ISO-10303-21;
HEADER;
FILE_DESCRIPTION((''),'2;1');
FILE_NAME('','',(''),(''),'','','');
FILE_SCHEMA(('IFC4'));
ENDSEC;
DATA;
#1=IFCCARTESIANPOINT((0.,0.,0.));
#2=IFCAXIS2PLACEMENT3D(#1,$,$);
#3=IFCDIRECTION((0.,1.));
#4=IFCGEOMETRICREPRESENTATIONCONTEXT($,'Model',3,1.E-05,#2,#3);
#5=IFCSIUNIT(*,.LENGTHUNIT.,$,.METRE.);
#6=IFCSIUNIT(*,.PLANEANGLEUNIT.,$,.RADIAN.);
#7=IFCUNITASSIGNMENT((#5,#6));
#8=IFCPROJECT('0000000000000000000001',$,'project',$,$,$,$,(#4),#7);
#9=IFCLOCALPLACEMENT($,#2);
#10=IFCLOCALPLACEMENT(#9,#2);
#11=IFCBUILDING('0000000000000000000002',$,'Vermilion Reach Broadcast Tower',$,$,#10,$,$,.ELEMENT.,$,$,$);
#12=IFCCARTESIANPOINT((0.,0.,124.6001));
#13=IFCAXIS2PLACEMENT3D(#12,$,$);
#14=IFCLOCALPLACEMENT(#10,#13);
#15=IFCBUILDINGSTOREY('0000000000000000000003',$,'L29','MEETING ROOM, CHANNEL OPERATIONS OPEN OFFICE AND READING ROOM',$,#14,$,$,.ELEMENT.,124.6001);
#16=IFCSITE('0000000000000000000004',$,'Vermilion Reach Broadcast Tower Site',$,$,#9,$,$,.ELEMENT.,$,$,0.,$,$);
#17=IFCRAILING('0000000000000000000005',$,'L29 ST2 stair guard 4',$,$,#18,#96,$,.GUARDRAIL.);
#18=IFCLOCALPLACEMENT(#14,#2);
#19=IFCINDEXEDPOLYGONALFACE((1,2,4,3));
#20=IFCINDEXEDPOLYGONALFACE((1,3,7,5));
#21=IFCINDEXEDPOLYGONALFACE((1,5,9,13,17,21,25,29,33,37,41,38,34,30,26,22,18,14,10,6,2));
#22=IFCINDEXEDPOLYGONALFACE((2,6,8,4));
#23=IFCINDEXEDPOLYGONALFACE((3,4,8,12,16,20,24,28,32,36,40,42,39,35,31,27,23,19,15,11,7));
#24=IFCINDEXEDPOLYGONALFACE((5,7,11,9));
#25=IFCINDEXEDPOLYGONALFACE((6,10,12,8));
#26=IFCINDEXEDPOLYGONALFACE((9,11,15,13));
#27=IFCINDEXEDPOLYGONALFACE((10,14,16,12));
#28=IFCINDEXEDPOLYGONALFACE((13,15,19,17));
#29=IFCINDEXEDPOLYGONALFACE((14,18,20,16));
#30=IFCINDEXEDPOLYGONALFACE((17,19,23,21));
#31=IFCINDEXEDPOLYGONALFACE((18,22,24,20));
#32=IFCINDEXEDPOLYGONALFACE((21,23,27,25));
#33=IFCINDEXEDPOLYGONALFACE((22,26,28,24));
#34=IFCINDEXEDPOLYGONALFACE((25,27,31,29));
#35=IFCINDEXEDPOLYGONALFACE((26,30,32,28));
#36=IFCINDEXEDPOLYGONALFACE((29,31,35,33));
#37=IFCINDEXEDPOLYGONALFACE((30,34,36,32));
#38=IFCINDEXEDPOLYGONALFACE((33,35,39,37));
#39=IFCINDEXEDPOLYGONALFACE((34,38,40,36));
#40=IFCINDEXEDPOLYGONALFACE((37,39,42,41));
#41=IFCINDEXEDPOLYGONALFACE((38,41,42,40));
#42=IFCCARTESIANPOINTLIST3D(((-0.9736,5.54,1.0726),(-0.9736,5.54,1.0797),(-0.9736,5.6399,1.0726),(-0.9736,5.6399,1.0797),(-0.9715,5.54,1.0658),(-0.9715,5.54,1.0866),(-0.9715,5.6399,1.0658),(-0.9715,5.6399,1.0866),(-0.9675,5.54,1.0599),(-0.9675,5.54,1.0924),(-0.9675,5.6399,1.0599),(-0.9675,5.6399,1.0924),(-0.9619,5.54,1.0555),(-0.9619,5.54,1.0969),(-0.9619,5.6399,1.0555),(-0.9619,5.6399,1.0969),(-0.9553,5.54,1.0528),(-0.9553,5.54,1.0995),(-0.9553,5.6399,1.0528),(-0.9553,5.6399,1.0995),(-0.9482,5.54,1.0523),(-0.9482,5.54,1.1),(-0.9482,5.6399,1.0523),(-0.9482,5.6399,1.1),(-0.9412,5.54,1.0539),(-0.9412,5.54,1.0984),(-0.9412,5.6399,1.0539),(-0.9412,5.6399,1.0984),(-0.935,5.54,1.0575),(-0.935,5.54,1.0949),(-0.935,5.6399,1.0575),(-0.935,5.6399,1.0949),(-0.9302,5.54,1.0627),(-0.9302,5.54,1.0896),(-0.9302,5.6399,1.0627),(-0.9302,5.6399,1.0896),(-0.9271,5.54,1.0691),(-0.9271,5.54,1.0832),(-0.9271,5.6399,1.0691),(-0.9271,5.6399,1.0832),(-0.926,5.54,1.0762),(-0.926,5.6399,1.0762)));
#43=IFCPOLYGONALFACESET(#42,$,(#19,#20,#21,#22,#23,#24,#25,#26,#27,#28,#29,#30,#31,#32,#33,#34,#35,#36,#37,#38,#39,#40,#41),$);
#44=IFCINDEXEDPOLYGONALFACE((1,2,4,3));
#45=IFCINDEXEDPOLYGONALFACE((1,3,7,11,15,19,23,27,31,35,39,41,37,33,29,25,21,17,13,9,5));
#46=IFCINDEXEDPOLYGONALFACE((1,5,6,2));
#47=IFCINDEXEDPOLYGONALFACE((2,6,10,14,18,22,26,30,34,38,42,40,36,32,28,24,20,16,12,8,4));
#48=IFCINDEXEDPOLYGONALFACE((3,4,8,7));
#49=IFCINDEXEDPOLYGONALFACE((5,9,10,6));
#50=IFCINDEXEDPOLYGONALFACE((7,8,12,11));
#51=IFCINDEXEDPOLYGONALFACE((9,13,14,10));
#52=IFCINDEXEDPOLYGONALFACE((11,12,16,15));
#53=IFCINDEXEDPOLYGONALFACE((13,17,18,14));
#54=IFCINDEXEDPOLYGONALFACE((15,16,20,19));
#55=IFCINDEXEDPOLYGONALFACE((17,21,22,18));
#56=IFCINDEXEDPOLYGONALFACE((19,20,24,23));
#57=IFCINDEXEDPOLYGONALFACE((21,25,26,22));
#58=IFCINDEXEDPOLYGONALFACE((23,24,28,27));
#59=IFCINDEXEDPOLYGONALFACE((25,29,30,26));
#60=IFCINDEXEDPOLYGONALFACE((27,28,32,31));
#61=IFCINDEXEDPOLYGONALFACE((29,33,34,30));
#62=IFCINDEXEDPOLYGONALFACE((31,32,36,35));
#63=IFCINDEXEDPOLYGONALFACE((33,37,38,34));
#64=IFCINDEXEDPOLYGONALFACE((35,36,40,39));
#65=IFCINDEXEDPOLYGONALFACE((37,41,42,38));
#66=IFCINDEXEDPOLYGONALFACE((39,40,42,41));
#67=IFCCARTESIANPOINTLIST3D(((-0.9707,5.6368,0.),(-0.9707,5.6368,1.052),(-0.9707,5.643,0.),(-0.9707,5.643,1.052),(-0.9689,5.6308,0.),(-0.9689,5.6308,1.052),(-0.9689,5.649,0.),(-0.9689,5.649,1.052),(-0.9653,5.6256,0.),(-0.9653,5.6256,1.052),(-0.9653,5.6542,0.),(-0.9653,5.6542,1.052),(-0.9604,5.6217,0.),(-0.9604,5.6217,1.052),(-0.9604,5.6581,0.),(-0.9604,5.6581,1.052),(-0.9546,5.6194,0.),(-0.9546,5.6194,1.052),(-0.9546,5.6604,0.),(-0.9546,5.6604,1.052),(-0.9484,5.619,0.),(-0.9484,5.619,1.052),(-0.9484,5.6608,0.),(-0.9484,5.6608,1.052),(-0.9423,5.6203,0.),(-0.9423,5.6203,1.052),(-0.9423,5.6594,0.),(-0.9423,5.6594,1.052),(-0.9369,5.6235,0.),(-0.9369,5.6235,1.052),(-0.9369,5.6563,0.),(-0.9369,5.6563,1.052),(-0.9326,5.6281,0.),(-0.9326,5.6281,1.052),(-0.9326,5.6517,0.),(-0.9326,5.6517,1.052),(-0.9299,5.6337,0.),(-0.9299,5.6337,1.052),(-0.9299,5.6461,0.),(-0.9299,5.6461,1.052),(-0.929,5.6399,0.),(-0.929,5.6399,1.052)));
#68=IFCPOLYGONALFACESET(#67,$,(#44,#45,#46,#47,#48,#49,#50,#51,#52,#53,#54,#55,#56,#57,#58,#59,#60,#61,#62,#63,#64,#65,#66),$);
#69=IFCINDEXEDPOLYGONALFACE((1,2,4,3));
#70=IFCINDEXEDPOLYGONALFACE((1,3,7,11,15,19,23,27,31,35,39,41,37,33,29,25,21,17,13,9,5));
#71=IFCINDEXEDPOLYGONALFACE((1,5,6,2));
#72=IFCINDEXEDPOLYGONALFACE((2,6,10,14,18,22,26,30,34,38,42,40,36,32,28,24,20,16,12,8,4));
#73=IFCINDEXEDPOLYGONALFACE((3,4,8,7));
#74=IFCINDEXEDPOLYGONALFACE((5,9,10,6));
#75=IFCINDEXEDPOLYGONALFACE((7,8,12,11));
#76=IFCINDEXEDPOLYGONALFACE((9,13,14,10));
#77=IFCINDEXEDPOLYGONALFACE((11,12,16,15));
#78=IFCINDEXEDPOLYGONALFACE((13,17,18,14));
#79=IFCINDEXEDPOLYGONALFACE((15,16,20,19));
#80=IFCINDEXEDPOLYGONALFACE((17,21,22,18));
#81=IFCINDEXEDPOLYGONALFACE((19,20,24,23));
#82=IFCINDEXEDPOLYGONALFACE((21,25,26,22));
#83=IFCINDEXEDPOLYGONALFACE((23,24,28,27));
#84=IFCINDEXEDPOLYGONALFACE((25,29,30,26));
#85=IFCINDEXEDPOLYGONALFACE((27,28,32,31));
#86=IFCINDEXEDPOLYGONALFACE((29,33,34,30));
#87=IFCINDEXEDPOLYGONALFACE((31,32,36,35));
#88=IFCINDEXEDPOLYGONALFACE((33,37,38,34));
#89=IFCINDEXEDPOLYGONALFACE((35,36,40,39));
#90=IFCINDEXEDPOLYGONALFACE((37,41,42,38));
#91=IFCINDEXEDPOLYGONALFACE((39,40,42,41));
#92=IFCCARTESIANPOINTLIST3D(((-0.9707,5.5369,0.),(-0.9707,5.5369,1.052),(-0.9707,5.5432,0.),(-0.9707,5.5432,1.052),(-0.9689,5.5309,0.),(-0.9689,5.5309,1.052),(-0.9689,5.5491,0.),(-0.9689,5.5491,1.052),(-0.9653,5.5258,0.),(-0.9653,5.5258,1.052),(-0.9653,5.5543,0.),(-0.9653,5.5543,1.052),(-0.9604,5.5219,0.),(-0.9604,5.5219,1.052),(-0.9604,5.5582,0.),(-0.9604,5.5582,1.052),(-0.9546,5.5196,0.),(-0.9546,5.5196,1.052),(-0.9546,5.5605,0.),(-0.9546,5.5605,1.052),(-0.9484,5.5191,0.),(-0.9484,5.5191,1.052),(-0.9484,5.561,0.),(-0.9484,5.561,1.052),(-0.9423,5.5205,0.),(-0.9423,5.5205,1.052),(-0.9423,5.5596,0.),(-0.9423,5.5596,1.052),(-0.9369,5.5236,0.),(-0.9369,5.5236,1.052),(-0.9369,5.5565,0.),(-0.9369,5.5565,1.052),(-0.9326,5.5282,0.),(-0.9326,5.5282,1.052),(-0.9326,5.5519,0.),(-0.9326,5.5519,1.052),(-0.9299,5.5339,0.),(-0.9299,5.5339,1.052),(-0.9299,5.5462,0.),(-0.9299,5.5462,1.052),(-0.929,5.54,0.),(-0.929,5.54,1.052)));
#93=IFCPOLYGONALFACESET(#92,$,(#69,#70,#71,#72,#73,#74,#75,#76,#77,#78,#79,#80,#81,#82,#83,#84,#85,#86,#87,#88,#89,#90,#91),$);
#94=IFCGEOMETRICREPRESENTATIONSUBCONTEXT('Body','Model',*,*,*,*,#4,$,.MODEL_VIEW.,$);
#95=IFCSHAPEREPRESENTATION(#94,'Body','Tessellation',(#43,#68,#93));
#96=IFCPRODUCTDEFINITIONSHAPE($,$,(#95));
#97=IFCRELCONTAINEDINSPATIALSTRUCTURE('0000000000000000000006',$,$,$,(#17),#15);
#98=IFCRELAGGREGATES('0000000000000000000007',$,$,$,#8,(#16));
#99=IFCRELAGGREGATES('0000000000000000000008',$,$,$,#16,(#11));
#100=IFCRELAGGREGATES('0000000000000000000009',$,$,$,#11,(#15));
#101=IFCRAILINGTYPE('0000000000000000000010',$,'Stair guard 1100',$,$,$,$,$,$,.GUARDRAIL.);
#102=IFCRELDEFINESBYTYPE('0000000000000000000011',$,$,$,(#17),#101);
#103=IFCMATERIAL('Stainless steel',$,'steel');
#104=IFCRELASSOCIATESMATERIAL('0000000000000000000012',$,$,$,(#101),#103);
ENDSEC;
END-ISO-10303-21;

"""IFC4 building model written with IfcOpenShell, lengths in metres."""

from ifc_helpers import new_model, si_unit, direction, frame, origin, origin_2d, place, context, subcontext, project, spatial, circle, extrude, material, type_object, element, save


model = new_model("IFC4")

# Units and contexts
model_context = context("Model", 3, precision=1e-05, world=origin(), true_north=direction((0.0, 1.0)))
body_context = subcontext(model_context, "Body", "Model", "MODEL_VIEW")
ifc_project = project(units=[si_unit("LENGTHUNIT", "METRE"), si_unit("PLANEANGLEUNIT", "RADIAN")], contexts=[model_context])

# Site, building, storey
site_placement = place(None, origin())
site = spatial("IfcSite", under=ifc_project, at=site_placement, Name="Vermilion Reach Broadcast Tower Site", CompositionType="ELEMENT", RefElevation=0.0)
building_placement = place(site_placement, origin())
building = spatial("IfcBuilding", under=site, at=building_placement, Name="Vermilion Reach Broadcast Tower", CompositionType="ELEMENT")
storey_placement = place(building_placement, frame((0.0, 0.0, 124.6001)))
storey = spatial("IfcBuildingStorey", under=building, at=storey_placement, Name="L29", Description="MEETING ROOM, CHANNEL OPERATIONS OPEN OFFICE AND READING ROOM", CompositionType="ELEMENT", Elevation=124.6001)

# Railing
ifc_material_1 = material(Name="Stainless steel", Category="steel")
railing_type_1 = type_object("IfcRailingType", Name="Stair guard 1100", PredefinedType="GUARDRAIL", material=ifc_material_1)
railing_1_placement = place(storey_placement, frame((-0.95, 5.6399, 0.0)))
element("IfcRailing", 1, at=railing_1_placement, inside=storey, type_object=railing_type_1, Name="L29 ST2 stair guard 4", PredefinedType="GUARDRAIL", context=body_context, shape_type="SweptSolid", body=[
    extrude(circle(Radius=0.0239, at=origin_2d()), frame((0.0, 0.0, 1.0762), z_axis=(0.0, -1.0, 0.0), x_axis=(1.0, 0.0, 0.0)), (0.0, 0.0, 1.0), 0.0999),
    extrude(circle(Radius=0.021, at=origin_2d()), origin(), (0.0, 0.0, 1.0), 1.052),
    extrude(circle(Radius=0.021, at=origin_2d()), frame((0.0, -0.0999, 0.0)), (0.0, 0.0, 1.0), 1.052),
])

save(model, "model.ifc")
